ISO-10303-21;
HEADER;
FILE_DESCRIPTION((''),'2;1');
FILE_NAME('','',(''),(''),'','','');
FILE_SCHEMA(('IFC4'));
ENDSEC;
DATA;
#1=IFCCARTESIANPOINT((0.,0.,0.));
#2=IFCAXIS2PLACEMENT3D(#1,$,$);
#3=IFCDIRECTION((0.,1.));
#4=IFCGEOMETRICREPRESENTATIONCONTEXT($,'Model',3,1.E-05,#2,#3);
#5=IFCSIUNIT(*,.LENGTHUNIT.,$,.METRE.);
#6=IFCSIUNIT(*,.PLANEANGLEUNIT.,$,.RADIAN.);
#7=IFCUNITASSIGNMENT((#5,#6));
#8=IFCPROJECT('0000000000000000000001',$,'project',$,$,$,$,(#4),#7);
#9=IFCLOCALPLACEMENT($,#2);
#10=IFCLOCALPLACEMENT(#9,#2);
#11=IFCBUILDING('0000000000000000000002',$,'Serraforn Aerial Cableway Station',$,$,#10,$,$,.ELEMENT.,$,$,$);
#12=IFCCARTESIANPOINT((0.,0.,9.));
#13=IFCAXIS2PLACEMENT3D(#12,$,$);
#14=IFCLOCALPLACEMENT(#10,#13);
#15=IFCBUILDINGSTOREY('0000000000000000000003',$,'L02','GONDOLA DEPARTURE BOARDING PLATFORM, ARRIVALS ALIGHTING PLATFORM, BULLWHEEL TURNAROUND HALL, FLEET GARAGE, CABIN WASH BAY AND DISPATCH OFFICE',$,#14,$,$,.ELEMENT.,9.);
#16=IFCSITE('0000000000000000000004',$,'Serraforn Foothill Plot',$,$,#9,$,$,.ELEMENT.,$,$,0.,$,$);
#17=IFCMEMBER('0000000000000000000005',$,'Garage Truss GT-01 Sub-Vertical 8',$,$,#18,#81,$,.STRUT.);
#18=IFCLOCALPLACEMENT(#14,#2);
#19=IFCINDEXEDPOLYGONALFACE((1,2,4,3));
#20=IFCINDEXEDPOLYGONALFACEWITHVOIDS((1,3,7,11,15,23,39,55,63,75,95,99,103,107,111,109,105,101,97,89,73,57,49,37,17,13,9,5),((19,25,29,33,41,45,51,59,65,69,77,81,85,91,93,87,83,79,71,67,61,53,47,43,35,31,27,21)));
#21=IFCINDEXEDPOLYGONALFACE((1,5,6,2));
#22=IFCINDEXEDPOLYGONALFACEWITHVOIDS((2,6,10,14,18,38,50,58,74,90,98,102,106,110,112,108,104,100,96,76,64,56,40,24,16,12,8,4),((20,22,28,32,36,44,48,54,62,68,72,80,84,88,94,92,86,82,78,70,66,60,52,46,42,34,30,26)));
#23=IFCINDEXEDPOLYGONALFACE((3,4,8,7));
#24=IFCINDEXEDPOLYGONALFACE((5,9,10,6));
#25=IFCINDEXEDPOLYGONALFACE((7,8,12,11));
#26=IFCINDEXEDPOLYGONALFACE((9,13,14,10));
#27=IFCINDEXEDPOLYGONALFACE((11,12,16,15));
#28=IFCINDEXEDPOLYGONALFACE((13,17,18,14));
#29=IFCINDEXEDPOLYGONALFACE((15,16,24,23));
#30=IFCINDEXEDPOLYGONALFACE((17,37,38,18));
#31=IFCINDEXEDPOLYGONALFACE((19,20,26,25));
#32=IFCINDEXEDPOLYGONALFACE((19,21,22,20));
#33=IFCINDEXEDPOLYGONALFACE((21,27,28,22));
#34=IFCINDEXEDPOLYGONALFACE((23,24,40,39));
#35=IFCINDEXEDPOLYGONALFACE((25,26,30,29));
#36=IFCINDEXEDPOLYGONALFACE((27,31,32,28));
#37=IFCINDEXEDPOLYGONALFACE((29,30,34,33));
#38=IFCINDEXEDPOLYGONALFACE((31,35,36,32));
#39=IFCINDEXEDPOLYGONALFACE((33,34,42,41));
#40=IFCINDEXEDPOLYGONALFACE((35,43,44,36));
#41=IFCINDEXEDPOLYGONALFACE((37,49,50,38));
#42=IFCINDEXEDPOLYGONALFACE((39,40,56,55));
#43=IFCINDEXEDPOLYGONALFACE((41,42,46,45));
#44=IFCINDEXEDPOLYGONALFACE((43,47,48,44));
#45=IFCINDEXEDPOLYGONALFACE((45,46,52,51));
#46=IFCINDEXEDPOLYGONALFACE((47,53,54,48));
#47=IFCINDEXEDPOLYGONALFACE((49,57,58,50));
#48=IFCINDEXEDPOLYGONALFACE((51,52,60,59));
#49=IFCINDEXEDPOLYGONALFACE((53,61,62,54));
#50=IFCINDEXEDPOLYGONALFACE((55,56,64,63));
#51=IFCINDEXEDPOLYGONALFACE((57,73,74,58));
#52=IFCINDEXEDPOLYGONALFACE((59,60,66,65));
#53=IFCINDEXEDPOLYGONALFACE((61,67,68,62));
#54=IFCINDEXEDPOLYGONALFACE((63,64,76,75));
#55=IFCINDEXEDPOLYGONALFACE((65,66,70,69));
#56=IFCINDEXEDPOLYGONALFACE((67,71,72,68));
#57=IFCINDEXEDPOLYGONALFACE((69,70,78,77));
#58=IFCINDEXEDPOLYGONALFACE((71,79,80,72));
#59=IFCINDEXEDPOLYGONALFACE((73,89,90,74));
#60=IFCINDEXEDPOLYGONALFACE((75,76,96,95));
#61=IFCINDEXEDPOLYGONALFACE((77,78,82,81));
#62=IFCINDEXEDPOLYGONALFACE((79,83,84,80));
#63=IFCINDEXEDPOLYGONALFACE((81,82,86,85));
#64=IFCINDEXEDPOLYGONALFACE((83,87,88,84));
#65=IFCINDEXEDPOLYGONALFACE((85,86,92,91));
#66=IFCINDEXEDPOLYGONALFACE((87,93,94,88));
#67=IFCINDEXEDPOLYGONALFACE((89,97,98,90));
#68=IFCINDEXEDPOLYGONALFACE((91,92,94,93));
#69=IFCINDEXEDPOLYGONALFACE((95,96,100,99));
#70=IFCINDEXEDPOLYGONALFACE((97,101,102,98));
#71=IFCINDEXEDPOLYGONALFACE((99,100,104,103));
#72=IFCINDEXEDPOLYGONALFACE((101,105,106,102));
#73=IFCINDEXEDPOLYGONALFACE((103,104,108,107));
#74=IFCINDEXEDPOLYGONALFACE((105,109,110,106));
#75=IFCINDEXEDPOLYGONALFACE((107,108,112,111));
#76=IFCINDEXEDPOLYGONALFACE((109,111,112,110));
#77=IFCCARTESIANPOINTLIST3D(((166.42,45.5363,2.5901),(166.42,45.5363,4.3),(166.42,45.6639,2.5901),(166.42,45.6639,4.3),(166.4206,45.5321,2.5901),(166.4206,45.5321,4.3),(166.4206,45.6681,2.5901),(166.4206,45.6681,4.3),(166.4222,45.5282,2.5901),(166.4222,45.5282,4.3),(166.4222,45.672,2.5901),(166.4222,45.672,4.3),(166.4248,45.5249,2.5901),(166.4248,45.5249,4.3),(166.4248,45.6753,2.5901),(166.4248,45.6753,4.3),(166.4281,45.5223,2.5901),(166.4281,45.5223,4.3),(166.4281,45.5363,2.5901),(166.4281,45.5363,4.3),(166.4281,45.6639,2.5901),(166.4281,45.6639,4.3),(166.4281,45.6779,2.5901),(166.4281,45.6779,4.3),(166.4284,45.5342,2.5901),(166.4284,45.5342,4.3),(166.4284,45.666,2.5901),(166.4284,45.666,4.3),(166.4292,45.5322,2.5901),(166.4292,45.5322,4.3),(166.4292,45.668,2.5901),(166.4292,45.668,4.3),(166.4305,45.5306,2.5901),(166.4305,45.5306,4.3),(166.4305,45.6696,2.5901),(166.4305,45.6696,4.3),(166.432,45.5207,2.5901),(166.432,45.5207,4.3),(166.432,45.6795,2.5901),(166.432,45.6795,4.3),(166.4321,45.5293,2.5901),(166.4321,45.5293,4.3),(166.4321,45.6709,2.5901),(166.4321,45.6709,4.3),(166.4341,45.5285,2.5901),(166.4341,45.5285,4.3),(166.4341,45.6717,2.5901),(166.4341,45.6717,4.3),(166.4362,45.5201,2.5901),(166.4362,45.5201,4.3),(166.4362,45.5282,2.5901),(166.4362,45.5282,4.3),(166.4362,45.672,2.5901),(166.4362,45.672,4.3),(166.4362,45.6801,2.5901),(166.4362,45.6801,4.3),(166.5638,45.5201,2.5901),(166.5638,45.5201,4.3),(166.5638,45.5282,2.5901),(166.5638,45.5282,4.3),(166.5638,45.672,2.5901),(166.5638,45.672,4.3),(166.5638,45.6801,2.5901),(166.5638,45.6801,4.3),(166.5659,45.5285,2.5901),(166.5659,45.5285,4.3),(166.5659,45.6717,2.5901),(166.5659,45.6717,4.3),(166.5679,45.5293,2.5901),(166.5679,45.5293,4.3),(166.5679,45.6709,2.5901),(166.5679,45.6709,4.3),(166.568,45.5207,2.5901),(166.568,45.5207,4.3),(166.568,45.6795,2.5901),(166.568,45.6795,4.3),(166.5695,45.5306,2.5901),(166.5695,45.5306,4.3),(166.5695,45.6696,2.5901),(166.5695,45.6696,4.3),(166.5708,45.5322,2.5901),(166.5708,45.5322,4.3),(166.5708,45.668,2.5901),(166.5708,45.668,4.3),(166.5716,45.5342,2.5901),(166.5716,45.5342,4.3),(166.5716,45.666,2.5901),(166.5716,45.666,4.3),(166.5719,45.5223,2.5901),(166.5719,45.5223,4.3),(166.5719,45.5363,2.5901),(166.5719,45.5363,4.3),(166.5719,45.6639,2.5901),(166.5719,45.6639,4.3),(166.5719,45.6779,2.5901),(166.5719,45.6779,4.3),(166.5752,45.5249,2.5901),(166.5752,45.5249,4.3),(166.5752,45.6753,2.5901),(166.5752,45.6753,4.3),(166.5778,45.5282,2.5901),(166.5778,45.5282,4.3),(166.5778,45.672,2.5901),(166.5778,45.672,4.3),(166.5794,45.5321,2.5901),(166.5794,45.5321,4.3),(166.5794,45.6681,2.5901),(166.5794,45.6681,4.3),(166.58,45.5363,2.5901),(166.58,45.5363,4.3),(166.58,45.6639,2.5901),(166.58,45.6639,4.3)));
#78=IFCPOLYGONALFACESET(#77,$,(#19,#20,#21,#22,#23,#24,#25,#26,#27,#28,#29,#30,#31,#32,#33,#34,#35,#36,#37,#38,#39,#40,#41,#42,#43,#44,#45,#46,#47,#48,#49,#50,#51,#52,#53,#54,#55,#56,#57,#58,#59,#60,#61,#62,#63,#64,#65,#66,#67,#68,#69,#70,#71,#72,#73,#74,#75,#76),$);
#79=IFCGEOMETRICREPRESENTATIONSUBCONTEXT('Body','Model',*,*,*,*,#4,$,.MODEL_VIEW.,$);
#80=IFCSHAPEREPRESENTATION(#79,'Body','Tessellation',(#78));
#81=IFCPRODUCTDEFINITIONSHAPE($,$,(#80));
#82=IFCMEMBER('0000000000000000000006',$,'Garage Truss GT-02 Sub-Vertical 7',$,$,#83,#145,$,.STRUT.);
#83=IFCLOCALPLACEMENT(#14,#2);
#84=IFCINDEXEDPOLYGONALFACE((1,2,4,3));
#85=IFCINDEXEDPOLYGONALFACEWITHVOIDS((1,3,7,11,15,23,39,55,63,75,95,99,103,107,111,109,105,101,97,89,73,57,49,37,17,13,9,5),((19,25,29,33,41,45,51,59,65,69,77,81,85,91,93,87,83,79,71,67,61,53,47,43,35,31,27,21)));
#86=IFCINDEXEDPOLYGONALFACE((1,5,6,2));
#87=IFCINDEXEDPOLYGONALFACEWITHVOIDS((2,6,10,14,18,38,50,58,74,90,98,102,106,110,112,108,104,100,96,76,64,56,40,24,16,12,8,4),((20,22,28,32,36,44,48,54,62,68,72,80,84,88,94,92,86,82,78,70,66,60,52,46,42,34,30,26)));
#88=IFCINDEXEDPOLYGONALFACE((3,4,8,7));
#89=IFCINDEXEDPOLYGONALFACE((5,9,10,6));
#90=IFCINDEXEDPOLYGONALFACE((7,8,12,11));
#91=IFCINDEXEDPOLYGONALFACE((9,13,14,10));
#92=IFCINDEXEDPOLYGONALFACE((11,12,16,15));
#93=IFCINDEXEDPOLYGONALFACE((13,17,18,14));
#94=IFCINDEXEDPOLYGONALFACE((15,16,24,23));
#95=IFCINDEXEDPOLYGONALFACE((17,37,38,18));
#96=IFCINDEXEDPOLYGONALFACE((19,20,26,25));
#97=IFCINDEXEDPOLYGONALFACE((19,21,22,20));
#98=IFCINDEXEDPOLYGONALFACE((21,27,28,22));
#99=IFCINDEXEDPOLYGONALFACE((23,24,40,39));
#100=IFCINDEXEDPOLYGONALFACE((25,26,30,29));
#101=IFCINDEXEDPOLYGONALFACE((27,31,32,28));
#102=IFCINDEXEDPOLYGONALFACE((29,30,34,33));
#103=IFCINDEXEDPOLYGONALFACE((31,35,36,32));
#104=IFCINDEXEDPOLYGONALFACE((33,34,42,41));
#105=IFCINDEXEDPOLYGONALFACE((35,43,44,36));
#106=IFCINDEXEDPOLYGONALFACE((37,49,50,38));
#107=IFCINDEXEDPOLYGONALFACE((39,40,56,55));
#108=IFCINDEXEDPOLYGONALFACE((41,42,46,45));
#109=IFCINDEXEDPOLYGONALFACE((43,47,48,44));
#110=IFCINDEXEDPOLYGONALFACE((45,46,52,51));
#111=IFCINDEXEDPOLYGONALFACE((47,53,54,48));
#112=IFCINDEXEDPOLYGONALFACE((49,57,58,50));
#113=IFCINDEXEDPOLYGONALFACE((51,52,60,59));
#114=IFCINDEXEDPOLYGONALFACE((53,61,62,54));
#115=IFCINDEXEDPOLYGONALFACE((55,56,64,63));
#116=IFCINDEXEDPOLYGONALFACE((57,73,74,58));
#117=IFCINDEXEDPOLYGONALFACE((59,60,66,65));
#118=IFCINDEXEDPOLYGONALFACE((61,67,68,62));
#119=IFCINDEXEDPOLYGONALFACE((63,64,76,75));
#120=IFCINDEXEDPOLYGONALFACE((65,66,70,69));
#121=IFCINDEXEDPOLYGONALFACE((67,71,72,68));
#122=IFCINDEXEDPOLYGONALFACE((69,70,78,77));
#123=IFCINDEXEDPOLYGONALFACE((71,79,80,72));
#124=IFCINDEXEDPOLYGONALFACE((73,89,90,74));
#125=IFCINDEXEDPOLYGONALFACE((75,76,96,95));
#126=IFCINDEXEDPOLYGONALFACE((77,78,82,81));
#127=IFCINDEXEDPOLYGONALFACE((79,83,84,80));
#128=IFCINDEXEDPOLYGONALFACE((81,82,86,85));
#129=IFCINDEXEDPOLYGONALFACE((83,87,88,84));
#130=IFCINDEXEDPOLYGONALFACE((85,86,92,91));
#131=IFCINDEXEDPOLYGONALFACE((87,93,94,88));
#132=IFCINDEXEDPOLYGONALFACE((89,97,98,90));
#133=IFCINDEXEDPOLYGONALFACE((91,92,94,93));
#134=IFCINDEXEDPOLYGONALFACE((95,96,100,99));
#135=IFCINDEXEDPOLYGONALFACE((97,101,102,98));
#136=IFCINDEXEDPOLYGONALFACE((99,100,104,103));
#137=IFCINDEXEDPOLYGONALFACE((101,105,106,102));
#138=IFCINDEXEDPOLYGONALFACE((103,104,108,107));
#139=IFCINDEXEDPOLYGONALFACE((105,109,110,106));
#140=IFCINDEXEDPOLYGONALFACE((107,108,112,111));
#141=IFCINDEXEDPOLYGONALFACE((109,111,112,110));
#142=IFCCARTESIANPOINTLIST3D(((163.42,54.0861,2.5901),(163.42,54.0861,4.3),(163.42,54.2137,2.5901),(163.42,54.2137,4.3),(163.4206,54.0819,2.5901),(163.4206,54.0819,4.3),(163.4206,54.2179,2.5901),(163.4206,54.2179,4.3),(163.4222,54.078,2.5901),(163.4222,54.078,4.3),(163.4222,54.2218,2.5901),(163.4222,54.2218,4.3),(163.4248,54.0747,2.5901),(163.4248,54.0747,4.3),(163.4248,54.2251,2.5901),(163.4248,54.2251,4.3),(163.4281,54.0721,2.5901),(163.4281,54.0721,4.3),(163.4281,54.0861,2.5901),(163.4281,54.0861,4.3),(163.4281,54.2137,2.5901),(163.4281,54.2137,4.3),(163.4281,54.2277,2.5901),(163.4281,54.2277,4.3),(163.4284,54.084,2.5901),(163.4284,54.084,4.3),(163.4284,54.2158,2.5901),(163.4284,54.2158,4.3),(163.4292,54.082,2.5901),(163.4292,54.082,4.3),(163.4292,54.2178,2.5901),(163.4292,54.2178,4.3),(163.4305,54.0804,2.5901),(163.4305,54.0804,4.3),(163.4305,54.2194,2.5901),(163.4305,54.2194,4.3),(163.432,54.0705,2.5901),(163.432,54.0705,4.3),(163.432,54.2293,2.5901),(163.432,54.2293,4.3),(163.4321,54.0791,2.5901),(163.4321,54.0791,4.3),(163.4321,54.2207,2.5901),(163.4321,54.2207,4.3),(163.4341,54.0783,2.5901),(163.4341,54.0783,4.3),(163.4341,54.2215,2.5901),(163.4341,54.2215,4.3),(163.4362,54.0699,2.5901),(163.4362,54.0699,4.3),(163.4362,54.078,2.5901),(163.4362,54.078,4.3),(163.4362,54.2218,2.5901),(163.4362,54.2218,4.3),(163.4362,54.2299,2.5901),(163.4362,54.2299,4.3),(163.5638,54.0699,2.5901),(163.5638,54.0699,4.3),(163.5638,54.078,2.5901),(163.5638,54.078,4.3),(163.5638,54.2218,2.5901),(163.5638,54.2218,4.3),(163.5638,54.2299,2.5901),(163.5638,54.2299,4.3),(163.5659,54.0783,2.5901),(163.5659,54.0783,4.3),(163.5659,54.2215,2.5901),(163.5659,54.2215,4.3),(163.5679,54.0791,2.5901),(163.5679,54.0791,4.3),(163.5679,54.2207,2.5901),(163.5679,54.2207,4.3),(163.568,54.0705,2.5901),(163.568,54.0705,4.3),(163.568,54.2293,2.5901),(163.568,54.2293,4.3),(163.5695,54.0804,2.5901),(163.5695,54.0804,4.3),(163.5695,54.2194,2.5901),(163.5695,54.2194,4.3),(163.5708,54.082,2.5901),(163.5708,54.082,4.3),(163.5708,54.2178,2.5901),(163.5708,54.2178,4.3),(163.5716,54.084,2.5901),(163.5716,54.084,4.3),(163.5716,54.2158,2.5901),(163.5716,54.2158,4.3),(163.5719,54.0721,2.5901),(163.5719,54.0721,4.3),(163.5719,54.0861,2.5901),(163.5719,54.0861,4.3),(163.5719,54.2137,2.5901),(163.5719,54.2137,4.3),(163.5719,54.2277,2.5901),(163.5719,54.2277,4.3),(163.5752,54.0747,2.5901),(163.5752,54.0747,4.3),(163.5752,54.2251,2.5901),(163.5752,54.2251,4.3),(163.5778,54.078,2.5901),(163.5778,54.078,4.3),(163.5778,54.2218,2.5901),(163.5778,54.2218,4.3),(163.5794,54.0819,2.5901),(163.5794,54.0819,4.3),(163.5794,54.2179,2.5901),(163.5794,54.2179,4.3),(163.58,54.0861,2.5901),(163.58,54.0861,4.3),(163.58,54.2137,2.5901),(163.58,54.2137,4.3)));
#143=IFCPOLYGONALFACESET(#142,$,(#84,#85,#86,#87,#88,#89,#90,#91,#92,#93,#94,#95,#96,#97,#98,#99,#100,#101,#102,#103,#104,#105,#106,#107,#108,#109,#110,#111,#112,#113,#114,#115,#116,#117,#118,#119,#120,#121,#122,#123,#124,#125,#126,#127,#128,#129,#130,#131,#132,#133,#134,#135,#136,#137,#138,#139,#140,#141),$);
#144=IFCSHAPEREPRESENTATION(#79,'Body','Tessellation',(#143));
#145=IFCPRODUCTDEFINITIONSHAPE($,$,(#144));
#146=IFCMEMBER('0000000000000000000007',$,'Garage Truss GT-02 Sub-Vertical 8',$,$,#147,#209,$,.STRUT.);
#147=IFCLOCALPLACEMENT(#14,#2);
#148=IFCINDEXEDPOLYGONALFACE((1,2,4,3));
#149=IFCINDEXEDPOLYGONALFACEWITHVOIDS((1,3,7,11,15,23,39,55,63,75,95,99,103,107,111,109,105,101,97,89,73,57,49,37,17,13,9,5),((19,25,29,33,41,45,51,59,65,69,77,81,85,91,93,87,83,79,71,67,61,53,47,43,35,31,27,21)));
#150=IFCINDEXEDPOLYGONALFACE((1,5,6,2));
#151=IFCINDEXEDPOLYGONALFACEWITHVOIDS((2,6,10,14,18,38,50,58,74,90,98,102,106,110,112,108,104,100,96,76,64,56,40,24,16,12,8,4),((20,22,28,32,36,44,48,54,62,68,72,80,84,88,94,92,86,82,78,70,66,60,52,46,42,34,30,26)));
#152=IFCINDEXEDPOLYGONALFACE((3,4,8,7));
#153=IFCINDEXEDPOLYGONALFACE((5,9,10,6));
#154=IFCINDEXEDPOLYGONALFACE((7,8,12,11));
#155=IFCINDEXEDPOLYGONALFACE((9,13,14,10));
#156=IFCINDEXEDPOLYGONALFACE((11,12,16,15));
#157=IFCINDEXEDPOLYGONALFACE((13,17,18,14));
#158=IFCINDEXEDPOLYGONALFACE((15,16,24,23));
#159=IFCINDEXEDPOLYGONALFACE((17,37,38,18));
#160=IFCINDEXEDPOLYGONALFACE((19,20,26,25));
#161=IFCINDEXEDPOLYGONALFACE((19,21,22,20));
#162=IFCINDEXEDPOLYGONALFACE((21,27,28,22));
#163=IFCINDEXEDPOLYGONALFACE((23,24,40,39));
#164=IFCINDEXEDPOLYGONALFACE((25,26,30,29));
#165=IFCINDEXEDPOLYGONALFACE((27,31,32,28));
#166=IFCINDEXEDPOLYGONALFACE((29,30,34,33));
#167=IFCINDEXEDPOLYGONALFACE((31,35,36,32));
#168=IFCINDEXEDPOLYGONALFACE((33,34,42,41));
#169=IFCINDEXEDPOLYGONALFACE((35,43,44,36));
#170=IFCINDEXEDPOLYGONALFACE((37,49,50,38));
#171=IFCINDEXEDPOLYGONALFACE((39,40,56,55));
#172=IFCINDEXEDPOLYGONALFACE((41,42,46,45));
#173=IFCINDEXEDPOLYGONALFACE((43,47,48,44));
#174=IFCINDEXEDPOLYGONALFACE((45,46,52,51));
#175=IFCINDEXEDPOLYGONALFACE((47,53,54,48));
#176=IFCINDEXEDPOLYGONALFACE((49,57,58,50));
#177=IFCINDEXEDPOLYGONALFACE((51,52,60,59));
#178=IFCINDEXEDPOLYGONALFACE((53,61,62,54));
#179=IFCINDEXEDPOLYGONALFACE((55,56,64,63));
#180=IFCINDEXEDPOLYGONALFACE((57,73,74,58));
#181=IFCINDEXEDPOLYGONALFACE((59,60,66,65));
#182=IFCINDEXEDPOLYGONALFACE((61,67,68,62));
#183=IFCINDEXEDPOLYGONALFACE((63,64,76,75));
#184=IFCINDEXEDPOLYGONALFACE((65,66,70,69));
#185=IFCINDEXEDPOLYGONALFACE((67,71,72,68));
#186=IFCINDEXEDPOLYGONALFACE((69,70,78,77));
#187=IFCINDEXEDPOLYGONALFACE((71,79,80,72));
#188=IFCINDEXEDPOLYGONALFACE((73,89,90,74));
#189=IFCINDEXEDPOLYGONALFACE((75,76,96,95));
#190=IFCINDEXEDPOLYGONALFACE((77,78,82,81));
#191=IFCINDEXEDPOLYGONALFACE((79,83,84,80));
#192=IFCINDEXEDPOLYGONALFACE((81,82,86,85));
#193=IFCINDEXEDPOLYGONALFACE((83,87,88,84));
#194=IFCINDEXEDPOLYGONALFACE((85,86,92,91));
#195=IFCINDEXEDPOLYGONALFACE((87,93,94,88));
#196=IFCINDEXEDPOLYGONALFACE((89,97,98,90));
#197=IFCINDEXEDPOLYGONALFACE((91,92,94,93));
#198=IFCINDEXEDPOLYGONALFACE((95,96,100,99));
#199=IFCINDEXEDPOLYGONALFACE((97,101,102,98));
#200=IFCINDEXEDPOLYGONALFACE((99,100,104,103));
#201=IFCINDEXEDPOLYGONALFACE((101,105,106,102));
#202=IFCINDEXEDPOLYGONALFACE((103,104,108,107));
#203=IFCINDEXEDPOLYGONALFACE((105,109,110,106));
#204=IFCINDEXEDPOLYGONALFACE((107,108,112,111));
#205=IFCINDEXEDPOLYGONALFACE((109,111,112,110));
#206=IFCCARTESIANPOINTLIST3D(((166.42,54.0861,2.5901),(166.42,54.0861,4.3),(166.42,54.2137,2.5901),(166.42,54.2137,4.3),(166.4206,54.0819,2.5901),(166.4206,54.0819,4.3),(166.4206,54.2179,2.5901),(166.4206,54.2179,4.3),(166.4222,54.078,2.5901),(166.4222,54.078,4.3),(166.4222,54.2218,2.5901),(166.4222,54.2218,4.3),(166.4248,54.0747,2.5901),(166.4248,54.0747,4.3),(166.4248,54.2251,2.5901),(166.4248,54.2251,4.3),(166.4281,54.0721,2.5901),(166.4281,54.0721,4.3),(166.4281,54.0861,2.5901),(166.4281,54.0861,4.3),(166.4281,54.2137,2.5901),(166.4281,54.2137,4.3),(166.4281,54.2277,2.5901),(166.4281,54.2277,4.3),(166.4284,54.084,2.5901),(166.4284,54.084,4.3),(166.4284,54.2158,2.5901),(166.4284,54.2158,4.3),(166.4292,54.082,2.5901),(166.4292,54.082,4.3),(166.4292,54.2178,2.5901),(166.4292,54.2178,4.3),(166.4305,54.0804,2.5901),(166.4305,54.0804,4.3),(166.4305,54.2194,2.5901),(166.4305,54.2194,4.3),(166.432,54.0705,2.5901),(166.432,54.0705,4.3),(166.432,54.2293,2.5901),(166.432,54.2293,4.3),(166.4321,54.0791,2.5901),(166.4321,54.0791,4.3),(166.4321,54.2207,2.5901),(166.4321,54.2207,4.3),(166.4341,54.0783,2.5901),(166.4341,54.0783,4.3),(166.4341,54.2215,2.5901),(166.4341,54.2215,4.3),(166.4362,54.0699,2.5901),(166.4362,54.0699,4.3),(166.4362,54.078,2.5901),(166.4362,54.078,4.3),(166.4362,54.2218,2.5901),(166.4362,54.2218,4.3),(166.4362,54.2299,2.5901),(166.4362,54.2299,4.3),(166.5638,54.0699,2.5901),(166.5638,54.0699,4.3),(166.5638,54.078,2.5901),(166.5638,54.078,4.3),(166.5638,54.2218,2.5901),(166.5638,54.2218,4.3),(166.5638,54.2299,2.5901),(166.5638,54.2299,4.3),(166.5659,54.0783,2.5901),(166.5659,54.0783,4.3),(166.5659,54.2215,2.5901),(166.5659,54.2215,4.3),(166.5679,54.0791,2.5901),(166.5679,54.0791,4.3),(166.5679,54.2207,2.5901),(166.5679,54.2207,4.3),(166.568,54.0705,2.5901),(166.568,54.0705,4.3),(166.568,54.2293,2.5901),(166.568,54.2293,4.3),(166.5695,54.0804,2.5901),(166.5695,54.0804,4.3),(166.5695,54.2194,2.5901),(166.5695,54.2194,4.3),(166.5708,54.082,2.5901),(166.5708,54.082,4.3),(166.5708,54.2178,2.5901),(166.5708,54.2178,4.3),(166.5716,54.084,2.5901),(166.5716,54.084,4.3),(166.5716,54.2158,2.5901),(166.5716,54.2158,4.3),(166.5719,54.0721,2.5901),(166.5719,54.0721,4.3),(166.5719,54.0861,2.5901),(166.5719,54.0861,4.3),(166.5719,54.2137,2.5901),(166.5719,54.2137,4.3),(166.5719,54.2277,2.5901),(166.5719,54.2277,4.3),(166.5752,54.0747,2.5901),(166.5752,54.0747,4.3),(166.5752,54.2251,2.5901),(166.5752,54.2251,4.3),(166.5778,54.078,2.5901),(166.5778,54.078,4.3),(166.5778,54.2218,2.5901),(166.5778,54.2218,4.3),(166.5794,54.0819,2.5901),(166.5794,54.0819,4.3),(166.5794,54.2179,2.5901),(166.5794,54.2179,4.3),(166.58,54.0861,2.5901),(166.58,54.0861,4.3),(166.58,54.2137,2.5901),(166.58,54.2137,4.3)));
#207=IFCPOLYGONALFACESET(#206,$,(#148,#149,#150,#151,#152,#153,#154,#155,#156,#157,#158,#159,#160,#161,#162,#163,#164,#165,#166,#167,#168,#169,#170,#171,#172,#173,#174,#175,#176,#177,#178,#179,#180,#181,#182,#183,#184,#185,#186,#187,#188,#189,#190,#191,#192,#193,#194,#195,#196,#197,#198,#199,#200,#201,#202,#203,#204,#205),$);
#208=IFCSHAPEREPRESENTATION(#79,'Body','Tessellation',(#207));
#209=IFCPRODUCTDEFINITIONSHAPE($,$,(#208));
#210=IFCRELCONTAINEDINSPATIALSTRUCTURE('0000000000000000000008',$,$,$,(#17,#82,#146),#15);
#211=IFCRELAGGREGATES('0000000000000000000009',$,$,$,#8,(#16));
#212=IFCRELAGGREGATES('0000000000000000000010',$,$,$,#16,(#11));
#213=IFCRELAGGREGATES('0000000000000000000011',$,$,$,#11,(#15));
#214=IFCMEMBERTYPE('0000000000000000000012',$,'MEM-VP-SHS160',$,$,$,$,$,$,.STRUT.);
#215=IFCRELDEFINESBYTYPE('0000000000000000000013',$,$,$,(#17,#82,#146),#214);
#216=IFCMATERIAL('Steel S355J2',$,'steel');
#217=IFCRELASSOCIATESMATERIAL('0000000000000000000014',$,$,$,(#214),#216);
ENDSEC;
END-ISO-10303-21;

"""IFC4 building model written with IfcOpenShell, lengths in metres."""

from ifc_helpers import new_model, si_unit, direction, frame, origin, origin_2d, place, context, subcontext, project, spatial, hollow_rectangle, extrude, material, material_profile, profile_set, type_object, element, save


model = new_model("IFC4")

# Units and contexts
model_context = context("Model", 3, precision=1e-05, world=origin(), true_north=direction((0.0, 1.0)))
body_context = subcontext(model_context, "Body", "Model", "MODEL_VIEW")
ifc_project = project(units=[si_unit("LENGTHUNIT", "METRE"), si_unit("PLANEANGLEUNIT", "RADIAN")], contexts=[model_context])

# Site, building, storey
site_placement = place(None, origin())
site = spatial("IfcSite", under=ifc_project, at=site_placement, Name="Serraforn Foothill Plot", CompositionType="ELEMENT", RefElevation=0.0)
building_placement = place(site_placement, origin())
building = spatial("IfcBuilding", under=site, at=building_placement, Name="Serraforn Aerial Cableway Station", CompositionType="ELEMENT")
storey_placement = place(building_placement, frame((0.0, 0.0, 9.0)))
storey = spatial("IfcBuildingStorey", under=building, at=storey_placement, Name="L02", Description="GONDOLA DEPARTURE BOARDING PLATFORM, ARRIVALS ALIGHTING PLATFORM, BULLWHEEL TURNAROUND HALL, FLEET GARAGE, CABIN WASH BAY AND DISPATCH OFFICE", CompositionType="ELEMENT", Elevation=9.0)

# Shared definitions
ifc_material_1 = material(Name="Steel S355J2", Category="steel")

# Members
ifc_material_profile_1 = material_profile(ifc_material_1, hollow_rectangle(XDim=0.1599, YDim=0.1599, WallThickness=0.0081, InnerFilletRadius=0.0081, OuterFilletRadius=0.0161, at=origin_2d()), Name="SHS 160x160x8.0")
ifc_profile_set_1 = profile_set([ifc_material_profile_1], Name="Steel S355J2")
member_type_1 = type_object("IfcMemberType", Name="MEM-VP-SHS160", PredefinedType="STRUT", material=ifc_profile_set_1)
for number, where, z_axis, x_axis, name in (
    (1, (166.5, 45.6001, 2.5901), (0.0, 0.0, 1.0), (1.0, 0.0, 0.0), "Garage Truss GT-01 Sub-Vertical 8"),
    (2, (163.5, 54.1499, 2.5901), (0.0, 0.0, 1.0), (1.0, 0.0, 0.0), "Garage Truss GT-02 Sub-Vertical 7"),
    (3, (166.5, 54.1499, 2.5901), (0.0, 0.0, 1.0), (1.0, 0.0, 0.0), "Garage Truss GT-02 Sub-Vertical 8"),
):
    element("IfcMember", number, at=place(storey_placement, frame(where, z_axis=z_axis, x_axis=x_axis)), inside=storey, type_object=member_type_1, Name=name, PredefinedType="STRUT", context=body_context, shape_type="SweptSolid", body=[
        extrude(hollow_rectangle(XDim=0.1599, YDim=0.1599, WallThickness=0.0081, InnerFilletRadius=0.0081, OuterFilletRadius=0.0161, at=origin_2d()), origin(), (0.0, 0.0, 1.0), 1.71),
    ])

save(model, "model.ifc")
